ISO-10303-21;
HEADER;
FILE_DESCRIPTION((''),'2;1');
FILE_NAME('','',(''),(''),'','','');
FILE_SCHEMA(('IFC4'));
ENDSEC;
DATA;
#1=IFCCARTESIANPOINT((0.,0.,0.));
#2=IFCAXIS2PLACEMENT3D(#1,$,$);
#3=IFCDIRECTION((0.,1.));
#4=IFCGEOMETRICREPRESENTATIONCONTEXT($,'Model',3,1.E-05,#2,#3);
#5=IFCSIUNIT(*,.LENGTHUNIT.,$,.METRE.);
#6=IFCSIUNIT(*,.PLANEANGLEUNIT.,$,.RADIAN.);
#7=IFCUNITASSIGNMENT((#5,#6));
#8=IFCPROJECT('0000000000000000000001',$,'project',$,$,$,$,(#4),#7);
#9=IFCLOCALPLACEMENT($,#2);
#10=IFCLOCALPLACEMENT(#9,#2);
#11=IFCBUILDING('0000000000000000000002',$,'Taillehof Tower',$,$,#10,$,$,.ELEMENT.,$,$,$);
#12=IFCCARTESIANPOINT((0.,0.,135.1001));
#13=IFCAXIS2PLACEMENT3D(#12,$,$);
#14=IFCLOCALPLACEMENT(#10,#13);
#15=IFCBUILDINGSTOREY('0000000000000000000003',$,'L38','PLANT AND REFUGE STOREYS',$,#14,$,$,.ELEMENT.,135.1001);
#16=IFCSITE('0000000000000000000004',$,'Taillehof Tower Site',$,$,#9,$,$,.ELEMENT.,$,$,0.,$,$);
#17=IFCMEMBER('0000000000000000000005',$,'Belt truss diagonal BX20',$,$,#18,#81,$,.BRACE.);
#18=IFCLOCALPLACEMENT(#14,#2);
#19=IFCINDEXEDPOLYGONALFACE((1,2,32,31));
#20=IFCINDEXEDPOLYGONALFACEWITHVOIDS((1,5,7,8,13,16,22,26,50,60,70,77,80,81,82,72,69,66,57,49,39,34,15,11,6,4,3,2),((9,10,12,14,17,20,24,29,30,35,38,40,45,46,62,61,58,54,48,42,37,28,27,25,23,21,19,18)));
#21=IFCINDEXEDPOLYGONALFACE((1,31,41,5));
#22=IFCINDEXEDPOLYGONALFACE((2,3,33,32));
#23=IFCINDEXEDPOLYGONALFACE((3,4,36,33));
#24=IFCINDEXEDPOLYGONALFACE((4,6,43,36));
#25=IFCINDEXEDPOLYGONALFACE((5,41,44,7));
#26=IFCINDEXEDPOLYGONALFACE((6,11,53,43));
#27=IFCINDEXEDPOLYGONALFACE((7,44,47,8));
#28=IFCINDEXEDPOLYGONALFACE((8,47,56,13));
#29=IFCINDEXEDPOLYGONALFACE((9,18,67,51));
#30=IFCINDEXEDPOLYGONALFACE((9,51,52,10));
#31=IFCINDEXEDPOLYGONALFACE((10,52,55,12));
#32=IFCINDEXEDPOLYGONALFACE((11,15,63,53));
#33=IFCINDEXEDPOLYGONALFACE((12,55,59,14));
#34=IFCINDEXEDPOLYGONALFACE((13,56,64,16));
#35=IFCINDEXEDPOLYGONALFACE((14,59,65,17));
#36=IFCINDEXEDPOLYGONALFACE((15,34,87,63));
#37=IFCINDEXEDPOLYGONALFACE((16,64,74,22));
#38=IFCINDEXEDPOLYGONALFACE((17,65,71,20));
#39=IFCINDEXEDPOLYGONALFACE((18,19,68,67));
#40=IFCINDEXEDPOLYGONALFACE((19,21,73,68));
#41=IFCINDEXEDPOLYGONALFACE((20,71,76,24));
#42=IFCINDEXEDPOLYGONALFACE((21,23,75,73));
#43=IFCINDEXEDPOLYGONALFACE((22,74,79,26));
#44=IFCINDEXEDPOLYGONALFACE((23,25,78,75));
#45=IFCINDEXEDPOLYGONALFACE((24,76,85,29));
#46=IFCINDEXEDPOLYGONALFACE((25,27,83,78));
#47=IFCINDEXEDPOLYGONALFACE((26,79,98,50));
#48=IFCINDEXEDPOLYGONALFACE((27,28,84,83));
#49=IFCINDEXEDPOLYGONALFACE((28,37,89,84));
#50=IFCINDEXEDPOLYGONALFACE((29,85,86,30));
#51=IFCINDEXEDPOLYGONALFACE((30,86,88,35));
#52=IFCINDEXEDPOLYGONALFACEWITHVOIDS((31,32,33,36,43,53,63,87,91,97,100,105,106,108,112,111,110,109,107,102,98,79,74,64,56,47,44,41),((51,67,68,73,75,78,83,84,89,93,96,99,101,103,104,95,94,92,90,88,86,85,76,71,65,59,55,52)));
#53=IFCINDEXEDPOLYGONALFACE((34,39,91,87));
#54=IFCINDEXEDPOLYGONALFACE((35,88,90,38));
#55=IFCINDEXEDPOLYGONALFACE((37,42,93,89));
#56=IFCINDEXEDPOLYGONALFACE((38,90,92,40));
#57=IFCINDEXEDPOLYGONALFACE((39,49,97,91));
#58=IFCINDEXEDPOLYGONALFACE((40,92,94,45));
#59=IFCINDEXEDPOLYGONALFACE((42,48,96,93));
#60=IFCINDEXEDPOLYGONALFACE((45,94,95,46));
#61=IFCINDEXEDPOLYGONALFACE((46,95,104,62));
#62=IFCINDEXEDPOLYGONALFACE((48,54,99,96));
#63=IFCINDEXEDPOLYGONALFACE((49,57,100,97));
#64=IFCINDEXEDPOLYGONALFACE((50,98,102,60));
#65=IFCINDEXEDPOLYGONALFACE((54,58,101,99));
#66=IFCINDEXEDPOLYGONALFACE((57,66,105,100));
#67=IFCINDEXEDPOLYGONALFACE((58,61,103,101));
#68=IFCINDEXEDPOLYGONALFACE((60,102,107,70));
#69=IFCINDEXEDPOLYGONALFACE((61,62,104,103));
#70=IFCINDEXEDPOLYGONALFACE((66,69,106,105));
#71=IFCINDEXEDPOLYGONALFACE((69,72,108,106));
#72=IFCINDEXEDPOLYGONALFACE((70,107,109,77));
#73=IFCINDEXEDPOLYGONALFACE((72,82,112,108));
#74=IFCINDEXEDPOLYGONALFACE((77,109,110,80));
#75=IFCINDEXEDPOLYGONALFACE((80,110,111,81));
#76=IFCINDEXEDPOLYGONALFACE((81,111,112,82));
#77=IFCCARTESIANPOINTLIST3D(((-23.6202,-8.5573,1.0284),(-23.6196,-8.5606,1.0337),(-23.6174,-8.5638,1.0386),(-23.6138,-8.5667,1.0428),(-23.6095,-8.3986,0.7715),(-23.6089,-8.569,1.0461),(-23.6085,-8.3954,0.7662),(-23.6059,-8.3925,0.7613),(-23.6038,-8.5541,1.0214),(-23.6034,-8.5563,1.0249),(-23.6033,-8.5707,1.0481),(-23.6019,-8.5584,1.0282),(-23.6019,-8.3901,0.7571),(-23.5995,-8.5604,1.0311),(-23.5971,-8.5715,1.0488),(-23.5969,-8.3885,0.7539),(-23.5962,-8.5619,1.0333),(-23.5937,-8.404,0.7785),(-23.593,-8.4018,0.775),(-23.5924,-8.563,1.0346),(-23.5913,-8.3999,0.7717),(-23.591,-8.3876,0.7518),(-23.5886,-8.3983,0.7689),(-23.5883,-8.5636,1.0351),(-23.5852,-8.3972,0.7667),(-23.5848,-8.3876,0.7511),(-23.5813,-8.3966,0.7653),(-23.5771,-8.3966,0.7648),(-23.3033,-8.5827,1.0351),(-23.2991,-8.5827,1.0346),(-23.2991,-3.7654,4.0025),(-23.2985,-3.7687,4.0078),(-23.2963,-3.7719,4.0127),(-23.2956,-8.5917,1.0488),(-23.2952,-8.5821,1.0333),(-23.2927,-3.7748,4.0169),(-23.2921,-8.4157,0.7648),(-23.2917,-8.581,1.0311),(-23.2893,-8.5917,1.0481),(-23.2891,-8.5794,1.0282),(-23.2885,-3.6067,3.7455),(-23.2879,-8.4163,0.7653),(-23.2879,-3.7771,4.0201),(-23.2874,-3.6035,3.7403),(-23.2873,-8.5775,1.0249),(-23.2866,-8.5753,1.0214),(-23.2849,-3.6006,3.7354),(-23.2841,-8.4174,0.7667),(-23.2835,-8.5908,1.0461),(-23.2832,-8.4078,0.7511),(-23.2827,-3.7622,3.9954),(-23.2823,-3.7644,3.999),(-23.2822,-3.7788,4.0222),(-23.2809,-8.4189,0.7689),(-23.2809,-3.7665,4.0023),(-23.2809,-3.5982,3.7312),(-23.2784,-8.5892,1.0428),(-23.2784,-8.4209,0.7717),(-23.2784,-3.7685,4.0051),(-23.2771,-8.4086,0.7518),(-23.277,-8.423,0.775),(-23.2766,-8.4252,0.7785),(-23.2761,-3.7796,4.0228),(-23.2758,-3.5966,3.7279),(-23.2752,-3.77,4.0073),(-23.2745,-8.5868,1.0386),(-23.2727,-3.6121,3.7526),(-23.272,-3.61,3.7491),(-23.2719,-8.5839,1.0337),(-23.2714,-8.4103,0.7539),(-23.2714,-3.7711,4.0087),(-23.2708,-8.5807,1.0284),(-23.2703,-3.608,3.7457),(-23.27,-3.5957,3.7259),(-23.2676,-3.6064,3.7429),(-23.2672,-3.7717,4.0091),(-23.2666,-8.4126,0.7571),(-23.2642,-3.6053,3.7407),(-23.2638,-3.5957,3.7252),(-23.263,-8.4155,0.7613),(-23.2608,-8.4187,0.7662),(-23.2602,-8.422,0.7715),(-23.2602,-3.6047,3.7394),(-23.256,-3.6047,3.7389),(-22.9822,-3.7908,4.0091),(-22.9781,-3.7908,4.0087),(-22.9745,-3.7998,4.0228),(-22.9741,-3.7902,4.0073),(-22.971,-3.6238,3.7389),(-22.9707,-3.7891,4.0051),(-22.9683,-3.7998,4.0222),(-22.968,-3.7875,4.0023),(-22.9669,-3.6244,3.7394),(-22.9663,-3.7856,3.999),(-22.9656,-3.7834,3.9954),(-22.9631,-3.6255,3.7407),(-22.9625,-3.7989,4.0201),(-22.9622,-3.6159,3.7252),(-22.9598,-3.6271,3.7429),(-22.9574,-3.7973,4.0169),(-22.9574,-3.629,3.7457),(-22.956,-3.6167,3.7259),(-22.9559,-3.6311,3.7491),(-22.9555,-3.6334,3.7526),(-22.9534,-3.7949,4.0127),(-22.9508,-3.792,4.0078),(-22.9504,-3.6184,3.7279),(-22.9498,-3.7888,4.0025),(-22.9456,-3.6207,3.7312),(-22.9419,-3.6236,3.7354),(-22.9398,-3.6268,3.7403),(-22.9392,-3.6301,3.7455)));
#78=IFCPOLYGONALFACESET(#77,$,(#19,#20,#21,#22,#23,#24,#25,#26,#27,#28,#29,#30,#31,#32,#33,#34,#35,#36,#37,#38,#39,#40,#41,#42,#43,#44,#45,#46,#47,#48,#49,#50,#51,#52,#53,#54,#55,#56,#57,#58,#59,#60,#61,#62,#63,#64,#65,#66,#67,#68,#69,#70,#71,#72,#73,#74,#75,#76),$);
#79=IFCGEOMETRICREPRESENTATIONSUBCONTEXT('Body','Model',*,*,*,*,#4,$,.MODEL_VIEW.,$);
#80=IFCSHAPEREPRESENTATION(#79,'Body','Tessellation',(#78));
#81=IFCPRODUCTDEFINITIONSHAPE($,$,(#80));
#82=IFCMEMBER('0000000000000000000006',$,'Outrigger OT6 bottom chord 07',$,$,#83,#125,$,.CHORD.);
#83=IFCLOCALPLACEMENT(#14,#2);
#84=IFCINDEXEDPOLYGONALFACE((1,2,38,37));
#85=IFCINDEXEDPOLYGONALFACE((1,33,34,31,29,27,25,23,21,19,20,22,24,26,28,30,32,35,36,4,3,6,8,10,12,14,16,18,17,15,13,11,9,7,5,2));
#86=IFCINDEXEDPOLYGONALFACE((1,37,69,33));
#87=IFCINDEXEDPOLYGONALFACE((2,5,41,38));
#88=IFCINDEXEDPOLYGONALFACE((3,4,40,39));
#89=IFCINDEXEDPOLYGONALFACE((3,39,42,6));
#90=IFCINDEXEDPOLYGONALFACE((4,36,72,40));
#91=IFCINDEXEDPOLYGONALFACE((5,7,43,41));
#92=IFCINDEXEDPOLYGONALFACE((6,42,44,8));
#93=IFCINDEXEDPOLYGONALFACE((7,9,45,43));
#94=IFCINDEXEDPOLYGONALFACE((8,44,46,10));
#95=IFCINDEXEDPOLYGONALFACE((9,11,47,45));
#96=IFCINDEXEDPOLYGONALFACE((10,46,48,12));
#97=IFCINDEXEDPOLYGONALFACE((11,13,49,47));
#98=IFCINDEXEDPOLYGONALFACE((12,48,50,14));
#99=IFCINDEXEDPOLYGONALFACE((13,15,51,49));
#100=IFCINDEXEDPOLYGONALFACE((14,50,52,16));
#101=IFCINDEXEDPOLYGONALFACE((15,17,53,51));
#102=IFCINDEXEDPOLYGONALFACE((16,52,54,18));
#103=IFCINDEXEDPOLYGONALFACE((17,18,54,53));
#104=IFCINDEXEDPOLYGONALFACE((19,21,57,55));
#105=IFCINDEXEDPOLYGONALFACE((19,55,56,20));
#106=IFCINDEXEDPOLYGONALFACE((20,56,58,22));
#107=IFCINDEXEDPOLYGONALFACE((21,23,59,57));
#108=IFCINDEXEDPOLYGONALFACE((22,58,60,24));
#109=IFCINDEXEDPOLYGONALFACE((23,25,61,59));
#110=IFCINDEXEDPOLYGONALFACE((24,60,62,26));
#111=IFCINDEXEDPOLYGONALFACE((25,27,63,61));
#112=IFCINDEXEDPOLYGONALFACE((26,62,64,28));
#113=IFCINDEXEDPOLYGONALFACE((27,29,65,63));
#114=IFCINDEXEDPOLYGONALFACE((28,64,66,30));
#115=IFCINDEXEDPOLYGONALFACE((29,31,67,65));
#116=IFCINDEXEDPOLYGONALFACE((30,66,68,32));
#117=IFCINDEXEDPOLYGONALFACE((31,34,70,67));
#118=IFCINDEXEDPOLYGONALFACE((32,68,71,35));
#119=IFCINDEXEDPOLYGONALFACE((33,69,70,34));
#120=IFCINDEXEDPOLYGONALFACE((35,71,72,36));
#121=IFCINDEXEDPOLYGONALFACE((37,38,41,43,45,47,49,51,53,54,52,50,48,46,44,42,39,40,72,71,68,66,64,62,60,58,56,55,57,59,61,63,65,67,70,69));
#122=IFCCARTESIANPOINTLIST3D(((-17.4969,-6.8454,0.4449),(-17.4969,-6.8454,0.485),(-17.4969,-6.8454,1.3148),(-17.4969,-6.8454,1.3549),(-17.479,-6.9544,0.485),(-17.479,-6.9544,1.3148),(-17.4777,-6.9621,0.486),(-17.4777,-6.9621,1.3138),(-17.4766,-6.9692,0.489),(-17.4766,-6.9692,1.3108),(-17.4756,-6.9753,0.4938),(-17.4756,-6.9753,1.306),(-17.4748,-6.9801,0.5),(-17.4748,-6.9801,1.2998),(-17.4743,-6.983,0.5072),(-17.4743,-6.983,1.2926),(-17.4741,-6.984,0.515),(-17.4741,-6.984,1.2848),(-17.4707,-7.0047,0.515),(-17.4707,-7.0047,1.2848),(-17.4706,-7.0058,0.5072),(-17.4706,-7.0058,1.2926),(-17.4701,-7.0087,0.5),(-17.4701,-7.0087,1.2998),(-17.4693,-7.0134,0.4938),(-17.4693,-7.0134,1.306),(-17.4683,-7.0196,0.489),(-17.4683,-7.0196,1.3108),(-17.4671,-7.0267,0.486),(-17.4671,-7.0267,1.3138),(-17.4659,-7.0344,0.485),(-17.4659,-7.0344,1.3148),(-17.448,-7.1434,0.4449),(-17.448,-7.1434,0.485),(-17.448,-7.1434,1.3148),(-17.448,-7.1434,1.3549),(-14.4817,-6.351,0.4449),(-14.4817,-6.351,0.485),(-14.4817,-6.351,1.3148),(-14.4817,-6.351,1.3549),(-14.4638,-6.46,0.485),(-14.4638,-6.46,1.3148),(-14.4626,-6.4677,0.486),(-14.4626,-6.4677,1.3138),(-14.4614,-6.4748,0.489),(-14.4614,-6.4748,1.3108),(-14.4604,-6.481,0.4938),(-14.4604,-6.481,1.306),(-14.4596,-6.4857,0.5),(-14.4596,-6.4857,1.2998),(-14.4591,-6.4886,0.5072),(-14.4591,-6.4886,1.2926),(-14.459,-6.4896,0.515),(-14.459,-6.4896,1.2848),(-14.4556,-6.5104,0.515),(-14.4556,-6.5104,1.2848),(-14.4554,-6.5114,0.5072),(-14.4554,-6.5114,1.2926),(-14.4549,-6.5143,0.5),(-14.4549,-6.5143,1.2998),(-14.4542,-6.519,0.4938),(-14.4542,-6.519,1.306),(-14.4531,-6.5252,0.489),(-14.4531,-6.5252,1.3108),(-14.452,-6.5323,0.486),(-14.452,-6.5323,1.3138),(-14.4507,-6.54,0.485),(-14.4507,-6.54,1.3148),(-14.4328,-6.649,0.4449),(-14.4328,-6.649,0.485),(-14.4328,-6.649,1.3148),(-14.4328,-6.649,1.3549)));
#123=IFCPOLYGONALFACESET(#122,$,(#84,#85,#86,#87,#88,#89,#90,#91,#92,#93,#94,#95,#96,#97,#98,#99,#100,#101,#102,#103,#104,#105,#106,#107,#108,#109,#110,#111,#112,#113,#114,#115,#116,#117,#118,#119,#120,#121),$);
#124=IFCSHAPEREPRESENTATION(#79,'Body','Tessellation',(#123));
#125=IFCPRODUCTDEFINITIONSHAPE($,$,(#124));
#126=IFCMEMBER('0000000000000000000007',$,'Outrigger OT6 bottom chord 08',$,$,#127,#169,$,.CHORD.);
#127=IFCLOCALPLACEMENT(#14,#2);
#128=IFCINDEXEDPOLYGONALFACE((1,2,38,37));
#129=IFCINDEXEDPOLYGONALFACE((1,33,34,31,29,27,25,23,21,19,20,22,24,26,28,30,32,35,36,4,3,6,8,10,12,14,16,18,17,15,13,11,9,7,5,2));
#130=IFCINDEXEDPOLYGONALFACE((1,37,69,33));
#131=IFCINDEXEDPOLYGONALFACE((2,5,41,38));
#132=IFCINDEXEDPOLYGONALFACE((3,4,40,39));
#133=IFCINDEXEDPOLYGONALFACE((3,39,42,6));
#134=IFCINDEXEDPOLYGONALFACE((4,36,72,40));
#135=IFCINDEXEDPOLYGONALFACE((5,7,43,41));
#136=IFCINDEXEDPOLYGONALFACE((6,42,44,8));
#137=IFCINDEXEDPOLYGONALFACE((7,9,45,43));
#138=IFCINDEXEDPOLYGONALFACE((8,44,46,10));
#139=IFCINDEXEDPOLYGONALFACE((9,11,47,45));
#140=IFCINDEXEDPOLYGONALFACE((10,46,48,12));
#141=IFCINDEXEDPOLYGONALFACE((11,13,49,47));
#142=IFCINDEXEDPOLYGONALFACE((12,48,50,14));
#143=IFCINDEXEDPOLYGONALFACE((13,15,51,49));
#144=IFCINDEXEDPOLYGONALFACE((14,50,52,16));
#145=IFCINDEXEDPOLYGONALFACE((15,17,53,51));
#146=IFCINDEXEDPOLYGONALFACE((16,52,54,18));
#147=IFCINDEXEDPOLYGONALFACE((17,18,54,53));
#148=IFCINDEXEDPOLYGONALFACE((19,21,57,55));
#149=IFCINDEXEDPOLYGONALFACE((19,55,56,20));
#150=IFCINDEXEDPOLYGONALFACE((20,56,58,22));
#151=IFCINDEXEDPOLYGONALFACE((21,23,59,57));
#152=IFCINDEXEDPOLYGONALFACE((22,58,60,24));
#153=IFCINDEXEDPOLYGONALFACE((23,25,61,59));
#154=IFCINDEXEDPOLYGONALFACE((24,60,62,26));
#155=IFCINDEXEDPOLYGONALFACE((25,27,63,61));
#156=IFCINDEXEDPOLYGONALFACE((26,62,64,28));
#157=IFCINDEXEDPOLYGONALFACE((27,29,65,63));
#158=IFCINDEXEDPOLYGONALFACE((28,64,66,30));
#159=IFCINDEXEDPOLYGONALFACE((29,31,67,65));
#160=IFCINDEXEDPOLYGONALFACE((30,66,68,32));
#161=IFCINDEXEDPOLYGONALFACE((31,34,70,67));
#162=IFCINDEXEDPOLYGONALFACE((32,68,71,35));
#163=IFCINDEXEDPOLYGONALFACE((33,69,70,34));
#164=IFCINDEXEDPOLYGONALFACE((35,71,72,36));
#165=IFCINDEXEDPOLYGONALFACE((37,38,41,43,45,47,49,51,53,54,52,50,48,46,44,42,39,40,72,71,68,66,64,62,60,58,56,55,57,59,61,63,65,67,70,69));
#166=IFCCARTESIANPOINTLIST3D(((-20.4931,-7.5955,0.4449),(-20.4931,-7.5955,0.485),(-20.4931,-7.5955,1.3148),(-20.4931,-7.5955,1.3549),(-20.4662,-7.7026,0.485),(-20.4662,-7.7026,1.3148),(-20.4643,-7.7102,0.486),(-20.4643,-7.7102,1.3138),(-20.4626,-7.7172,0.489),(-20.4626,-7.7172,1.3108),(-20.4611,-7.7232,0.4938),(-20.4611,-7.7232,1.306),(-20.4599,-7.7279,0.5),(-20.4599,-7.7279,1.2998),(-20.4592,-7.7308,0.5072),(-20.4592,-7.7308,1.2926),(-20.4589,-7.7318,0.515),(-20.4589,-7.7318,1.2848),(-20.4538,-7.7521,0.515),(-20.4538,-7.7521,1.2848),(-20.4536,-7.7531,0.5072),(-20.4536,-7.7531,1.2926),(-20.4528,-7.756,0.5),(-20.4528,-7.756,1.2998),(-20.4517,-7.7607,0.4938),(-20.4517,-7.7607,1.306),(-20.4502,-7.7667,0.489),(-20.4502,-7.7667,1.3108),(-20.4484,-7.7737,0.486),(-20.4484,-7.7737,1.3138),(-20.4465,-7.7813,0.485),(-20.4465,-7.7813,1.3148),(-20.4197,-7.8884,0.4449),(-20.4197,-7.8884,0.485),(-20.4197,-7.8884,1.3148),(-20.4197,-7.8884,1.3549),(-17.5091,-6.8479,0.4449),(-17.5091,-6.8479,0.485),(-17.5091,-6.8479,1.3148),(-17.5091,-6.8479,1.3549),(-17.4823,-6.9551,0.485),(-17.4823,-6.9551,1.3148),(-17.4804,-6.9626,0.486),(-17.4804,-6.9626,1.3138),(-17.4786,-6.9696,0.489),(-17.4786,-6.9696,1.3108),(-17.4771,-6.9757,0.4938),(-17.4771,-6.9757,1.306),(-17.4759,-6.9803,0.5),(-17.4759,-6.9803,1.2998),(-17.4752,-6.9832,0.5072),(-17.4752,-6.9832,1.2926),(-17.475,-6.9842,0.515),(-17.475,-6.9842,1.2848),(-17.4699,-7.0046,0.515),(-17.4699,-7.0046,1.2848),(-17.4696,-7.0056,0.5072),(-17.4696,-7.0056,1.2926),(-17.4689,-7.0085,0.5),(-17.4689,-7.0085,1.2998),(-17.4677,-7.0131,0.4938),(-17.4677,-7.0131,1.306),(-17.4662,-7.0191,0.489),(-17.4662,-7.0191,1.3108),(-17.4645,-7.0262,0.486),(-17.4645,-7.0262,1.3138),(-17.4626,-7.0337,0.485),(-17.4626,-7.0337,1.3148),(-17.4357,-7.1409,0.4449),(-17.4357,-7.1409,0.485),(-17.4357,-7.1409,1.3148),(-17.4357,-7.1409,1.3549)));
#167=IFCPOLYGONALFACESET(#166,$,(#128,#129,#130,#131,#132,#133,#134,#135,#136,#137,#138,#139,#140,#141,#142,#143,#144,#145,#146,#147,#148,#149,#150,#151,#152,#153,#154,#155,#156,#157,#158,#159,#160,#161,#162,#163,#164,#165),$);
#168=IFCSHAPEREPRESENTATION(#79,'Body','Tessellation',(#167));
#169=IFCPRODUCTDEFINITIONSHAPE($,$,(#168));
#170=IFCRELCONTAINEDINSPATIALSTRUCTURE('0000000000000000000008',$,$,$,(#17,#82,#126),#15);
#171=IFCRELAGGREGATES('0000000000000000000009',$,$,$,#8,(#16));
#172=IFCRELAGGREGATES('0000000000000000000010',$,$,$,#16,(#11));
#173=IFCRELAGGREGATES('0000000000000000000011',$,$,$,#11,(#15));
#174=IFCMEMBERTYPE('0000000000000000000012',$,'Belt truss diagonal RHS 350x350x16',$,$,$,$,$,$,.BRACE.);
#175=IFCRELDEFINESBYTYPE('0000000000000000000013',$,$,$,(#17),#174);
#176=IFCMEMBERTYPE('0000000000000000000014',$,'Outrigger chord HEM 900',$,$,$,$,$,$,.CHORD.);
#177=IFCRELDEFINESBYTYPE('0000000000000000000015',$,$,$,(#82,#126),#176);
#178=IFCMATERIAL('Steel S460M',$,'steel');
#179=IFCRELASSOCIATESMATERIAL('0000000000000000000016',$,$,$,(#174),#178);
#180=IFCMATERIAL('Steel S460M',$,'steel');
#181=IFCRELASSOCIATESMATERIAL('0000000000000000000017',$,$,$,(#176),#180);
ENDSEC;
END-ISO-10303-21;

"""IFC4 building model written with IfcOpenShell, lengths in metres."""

from ifc_helpers import new_model, si_unit, direction, frame, origin, origin_2d, place, context, subcontext, project, spatial, hollow_rectangle, i_section, extrude, material, material_profile, profile_set, type_object, element, save


model = new_model("IFC4")

# Units and contexts
model_context = context("Model", 3, precision=1e-05, world=origin(), true_north=direction((0.0, 1.0)))
body_context = subcontext(model_context, "Body", "Model", "MODEL_VIEW")
ifc_project = project(units=[si_unit("LENGTHUNIT", "METRE"), si_unit("PLANEANGLEUNIT", "RADIAN")], contexts=[model_context])

# Site, building, storey
site_placement = place(None, origin())
site = spatial("IfcSite", under=ifc_project, at=site_placement, Name="Taillehof Tower Site", CompositionType="ELEMENT", RefElevation=0.0)
building_placement = place(site_placement, origin())
building = spatial("IfcBuilding", under=site, at=building_placement, Name="Taillehof Tower", CompositionType="ELEMENT")
storey_placement = place(building_placement, frame((0.0, 0.0, 135.1001)))
storey = spatial("IfcBuildingStorey", under=building, at=storey_placement, Name="L38", Description="PLANT AND REFUGE STOREYS", CompositionType="ELEMENT", Elevation=135.1001)

# Members
ifc_material_1 = material(Name="Steel S460M", Category="steel")
ifc_material_profile_1 = material_profile(ifc_material_1, hollow_rectangle(XDim=0.3501, YDim=0.3501, WallThickness=0.0161, InnerFilletRadius=0.0161, OuterFilletRadius=0.0239, at=origin_2d()), Name="RHS 350x350x16")
ifc_profile_set_1 = profile_set([ifc_material_profile_1], Name="Steel S460M")
member_type_1 = type_object("IfcMemberType", Name="Belt truss diagonal RHS 350x350x16", PredefinedType="BRACE", material=ifc_profile_set_1)
member_1_placement = place(storey_placement, frame((-23.1191, -3.6978, 3.874), z_axis=(-0.056832, -0.848284, -0.526483), x_axis=(0.997763, -0.066846, 0.0)))
element("IfcMember", 1, at=member_1_placement, inside=storey, type_object=member_type_1, Name="Belt truss diagonal BX20", PredefinedType="BRACE", context=body_context, shape_type="SweptSolid", body=[
    extrude(hollow_rectangle(XDim=0.3501, YDim=0.3501, WallThickness=0.0161, InnerFilletRadius=0.0161, OuterFilletRadius=0.0239, at=origin_2d()), origin(), (0.0, 0.0, 1.0), 5.6489),
])
ifc_material_2 = material(Name="Steel S460M", Category="steel")
ifc_material_profile_2 = material_profile(ifc_material_2, i_section(OverallWidth=0.302, OverallDepth=0.9099, WebThickness=0.021, FlangeThickness=0.04, FilletRadius=0.03, at=origin_2d()), Name="HEM 900")
ifc_profile_set_2 = profile_set([ifc_material_profile_2], Name="Steel S460M")
member_type_2 = type_object("IfcMemberType", Name="Outrigger chord HEM 900", PredefinedType="CHORD", material=ifc_profile_set_2)
member_2_placement = place(storey_placement, frame((-14.4573, -6.5, 0.8999), z_axis=(-0.986822, -0.161807, 0.0), x_axis=(0.161807, -0.986822, 0.0)))
element("IfcMember", 2, at=member_2_placement, inside=storey, type_object=member_type_2, Name="Outrigger OT6 bottom chord 07", PredefinedType="CHORD", context=body_context, shape_type="SweptSolid", body=[
    extrude(i_section(OverallWidth=0.302, OverallDepth=0.9099, WebThickness=0.021, FlangeThickness=0.04, FilletRadius=0.03, at=origin_2d()), origin(), (0.0, 0.0, 1.0), 3.0554),
])
member_3_placement = place(storey_placement, frame((-17.4724, -6.9944, 0.8999), z_axis=(-0.970021, -0.243021, 0.0), x_axis=(0.243021, -0.970021, 0.0)))
element("IfcMember", 3, at=member_3_placement, inside=storey, type_object=member_type_2, Name="Outrigger OT6 bottom chord 08", PredefinedType="CHORD", context=body_context, shape_type="SweptSolid", body=[
    extrude(i_section(OverallWidth=0.302, OverallDepth=0.9099, WebThickness=0.021, FlangeThickness=0.04, FilletRadius=0.03, at=origin_2d()), origin(), (0.0, 0.0, 1.0), 3.0762),
])

save(model, "model.ifc")
